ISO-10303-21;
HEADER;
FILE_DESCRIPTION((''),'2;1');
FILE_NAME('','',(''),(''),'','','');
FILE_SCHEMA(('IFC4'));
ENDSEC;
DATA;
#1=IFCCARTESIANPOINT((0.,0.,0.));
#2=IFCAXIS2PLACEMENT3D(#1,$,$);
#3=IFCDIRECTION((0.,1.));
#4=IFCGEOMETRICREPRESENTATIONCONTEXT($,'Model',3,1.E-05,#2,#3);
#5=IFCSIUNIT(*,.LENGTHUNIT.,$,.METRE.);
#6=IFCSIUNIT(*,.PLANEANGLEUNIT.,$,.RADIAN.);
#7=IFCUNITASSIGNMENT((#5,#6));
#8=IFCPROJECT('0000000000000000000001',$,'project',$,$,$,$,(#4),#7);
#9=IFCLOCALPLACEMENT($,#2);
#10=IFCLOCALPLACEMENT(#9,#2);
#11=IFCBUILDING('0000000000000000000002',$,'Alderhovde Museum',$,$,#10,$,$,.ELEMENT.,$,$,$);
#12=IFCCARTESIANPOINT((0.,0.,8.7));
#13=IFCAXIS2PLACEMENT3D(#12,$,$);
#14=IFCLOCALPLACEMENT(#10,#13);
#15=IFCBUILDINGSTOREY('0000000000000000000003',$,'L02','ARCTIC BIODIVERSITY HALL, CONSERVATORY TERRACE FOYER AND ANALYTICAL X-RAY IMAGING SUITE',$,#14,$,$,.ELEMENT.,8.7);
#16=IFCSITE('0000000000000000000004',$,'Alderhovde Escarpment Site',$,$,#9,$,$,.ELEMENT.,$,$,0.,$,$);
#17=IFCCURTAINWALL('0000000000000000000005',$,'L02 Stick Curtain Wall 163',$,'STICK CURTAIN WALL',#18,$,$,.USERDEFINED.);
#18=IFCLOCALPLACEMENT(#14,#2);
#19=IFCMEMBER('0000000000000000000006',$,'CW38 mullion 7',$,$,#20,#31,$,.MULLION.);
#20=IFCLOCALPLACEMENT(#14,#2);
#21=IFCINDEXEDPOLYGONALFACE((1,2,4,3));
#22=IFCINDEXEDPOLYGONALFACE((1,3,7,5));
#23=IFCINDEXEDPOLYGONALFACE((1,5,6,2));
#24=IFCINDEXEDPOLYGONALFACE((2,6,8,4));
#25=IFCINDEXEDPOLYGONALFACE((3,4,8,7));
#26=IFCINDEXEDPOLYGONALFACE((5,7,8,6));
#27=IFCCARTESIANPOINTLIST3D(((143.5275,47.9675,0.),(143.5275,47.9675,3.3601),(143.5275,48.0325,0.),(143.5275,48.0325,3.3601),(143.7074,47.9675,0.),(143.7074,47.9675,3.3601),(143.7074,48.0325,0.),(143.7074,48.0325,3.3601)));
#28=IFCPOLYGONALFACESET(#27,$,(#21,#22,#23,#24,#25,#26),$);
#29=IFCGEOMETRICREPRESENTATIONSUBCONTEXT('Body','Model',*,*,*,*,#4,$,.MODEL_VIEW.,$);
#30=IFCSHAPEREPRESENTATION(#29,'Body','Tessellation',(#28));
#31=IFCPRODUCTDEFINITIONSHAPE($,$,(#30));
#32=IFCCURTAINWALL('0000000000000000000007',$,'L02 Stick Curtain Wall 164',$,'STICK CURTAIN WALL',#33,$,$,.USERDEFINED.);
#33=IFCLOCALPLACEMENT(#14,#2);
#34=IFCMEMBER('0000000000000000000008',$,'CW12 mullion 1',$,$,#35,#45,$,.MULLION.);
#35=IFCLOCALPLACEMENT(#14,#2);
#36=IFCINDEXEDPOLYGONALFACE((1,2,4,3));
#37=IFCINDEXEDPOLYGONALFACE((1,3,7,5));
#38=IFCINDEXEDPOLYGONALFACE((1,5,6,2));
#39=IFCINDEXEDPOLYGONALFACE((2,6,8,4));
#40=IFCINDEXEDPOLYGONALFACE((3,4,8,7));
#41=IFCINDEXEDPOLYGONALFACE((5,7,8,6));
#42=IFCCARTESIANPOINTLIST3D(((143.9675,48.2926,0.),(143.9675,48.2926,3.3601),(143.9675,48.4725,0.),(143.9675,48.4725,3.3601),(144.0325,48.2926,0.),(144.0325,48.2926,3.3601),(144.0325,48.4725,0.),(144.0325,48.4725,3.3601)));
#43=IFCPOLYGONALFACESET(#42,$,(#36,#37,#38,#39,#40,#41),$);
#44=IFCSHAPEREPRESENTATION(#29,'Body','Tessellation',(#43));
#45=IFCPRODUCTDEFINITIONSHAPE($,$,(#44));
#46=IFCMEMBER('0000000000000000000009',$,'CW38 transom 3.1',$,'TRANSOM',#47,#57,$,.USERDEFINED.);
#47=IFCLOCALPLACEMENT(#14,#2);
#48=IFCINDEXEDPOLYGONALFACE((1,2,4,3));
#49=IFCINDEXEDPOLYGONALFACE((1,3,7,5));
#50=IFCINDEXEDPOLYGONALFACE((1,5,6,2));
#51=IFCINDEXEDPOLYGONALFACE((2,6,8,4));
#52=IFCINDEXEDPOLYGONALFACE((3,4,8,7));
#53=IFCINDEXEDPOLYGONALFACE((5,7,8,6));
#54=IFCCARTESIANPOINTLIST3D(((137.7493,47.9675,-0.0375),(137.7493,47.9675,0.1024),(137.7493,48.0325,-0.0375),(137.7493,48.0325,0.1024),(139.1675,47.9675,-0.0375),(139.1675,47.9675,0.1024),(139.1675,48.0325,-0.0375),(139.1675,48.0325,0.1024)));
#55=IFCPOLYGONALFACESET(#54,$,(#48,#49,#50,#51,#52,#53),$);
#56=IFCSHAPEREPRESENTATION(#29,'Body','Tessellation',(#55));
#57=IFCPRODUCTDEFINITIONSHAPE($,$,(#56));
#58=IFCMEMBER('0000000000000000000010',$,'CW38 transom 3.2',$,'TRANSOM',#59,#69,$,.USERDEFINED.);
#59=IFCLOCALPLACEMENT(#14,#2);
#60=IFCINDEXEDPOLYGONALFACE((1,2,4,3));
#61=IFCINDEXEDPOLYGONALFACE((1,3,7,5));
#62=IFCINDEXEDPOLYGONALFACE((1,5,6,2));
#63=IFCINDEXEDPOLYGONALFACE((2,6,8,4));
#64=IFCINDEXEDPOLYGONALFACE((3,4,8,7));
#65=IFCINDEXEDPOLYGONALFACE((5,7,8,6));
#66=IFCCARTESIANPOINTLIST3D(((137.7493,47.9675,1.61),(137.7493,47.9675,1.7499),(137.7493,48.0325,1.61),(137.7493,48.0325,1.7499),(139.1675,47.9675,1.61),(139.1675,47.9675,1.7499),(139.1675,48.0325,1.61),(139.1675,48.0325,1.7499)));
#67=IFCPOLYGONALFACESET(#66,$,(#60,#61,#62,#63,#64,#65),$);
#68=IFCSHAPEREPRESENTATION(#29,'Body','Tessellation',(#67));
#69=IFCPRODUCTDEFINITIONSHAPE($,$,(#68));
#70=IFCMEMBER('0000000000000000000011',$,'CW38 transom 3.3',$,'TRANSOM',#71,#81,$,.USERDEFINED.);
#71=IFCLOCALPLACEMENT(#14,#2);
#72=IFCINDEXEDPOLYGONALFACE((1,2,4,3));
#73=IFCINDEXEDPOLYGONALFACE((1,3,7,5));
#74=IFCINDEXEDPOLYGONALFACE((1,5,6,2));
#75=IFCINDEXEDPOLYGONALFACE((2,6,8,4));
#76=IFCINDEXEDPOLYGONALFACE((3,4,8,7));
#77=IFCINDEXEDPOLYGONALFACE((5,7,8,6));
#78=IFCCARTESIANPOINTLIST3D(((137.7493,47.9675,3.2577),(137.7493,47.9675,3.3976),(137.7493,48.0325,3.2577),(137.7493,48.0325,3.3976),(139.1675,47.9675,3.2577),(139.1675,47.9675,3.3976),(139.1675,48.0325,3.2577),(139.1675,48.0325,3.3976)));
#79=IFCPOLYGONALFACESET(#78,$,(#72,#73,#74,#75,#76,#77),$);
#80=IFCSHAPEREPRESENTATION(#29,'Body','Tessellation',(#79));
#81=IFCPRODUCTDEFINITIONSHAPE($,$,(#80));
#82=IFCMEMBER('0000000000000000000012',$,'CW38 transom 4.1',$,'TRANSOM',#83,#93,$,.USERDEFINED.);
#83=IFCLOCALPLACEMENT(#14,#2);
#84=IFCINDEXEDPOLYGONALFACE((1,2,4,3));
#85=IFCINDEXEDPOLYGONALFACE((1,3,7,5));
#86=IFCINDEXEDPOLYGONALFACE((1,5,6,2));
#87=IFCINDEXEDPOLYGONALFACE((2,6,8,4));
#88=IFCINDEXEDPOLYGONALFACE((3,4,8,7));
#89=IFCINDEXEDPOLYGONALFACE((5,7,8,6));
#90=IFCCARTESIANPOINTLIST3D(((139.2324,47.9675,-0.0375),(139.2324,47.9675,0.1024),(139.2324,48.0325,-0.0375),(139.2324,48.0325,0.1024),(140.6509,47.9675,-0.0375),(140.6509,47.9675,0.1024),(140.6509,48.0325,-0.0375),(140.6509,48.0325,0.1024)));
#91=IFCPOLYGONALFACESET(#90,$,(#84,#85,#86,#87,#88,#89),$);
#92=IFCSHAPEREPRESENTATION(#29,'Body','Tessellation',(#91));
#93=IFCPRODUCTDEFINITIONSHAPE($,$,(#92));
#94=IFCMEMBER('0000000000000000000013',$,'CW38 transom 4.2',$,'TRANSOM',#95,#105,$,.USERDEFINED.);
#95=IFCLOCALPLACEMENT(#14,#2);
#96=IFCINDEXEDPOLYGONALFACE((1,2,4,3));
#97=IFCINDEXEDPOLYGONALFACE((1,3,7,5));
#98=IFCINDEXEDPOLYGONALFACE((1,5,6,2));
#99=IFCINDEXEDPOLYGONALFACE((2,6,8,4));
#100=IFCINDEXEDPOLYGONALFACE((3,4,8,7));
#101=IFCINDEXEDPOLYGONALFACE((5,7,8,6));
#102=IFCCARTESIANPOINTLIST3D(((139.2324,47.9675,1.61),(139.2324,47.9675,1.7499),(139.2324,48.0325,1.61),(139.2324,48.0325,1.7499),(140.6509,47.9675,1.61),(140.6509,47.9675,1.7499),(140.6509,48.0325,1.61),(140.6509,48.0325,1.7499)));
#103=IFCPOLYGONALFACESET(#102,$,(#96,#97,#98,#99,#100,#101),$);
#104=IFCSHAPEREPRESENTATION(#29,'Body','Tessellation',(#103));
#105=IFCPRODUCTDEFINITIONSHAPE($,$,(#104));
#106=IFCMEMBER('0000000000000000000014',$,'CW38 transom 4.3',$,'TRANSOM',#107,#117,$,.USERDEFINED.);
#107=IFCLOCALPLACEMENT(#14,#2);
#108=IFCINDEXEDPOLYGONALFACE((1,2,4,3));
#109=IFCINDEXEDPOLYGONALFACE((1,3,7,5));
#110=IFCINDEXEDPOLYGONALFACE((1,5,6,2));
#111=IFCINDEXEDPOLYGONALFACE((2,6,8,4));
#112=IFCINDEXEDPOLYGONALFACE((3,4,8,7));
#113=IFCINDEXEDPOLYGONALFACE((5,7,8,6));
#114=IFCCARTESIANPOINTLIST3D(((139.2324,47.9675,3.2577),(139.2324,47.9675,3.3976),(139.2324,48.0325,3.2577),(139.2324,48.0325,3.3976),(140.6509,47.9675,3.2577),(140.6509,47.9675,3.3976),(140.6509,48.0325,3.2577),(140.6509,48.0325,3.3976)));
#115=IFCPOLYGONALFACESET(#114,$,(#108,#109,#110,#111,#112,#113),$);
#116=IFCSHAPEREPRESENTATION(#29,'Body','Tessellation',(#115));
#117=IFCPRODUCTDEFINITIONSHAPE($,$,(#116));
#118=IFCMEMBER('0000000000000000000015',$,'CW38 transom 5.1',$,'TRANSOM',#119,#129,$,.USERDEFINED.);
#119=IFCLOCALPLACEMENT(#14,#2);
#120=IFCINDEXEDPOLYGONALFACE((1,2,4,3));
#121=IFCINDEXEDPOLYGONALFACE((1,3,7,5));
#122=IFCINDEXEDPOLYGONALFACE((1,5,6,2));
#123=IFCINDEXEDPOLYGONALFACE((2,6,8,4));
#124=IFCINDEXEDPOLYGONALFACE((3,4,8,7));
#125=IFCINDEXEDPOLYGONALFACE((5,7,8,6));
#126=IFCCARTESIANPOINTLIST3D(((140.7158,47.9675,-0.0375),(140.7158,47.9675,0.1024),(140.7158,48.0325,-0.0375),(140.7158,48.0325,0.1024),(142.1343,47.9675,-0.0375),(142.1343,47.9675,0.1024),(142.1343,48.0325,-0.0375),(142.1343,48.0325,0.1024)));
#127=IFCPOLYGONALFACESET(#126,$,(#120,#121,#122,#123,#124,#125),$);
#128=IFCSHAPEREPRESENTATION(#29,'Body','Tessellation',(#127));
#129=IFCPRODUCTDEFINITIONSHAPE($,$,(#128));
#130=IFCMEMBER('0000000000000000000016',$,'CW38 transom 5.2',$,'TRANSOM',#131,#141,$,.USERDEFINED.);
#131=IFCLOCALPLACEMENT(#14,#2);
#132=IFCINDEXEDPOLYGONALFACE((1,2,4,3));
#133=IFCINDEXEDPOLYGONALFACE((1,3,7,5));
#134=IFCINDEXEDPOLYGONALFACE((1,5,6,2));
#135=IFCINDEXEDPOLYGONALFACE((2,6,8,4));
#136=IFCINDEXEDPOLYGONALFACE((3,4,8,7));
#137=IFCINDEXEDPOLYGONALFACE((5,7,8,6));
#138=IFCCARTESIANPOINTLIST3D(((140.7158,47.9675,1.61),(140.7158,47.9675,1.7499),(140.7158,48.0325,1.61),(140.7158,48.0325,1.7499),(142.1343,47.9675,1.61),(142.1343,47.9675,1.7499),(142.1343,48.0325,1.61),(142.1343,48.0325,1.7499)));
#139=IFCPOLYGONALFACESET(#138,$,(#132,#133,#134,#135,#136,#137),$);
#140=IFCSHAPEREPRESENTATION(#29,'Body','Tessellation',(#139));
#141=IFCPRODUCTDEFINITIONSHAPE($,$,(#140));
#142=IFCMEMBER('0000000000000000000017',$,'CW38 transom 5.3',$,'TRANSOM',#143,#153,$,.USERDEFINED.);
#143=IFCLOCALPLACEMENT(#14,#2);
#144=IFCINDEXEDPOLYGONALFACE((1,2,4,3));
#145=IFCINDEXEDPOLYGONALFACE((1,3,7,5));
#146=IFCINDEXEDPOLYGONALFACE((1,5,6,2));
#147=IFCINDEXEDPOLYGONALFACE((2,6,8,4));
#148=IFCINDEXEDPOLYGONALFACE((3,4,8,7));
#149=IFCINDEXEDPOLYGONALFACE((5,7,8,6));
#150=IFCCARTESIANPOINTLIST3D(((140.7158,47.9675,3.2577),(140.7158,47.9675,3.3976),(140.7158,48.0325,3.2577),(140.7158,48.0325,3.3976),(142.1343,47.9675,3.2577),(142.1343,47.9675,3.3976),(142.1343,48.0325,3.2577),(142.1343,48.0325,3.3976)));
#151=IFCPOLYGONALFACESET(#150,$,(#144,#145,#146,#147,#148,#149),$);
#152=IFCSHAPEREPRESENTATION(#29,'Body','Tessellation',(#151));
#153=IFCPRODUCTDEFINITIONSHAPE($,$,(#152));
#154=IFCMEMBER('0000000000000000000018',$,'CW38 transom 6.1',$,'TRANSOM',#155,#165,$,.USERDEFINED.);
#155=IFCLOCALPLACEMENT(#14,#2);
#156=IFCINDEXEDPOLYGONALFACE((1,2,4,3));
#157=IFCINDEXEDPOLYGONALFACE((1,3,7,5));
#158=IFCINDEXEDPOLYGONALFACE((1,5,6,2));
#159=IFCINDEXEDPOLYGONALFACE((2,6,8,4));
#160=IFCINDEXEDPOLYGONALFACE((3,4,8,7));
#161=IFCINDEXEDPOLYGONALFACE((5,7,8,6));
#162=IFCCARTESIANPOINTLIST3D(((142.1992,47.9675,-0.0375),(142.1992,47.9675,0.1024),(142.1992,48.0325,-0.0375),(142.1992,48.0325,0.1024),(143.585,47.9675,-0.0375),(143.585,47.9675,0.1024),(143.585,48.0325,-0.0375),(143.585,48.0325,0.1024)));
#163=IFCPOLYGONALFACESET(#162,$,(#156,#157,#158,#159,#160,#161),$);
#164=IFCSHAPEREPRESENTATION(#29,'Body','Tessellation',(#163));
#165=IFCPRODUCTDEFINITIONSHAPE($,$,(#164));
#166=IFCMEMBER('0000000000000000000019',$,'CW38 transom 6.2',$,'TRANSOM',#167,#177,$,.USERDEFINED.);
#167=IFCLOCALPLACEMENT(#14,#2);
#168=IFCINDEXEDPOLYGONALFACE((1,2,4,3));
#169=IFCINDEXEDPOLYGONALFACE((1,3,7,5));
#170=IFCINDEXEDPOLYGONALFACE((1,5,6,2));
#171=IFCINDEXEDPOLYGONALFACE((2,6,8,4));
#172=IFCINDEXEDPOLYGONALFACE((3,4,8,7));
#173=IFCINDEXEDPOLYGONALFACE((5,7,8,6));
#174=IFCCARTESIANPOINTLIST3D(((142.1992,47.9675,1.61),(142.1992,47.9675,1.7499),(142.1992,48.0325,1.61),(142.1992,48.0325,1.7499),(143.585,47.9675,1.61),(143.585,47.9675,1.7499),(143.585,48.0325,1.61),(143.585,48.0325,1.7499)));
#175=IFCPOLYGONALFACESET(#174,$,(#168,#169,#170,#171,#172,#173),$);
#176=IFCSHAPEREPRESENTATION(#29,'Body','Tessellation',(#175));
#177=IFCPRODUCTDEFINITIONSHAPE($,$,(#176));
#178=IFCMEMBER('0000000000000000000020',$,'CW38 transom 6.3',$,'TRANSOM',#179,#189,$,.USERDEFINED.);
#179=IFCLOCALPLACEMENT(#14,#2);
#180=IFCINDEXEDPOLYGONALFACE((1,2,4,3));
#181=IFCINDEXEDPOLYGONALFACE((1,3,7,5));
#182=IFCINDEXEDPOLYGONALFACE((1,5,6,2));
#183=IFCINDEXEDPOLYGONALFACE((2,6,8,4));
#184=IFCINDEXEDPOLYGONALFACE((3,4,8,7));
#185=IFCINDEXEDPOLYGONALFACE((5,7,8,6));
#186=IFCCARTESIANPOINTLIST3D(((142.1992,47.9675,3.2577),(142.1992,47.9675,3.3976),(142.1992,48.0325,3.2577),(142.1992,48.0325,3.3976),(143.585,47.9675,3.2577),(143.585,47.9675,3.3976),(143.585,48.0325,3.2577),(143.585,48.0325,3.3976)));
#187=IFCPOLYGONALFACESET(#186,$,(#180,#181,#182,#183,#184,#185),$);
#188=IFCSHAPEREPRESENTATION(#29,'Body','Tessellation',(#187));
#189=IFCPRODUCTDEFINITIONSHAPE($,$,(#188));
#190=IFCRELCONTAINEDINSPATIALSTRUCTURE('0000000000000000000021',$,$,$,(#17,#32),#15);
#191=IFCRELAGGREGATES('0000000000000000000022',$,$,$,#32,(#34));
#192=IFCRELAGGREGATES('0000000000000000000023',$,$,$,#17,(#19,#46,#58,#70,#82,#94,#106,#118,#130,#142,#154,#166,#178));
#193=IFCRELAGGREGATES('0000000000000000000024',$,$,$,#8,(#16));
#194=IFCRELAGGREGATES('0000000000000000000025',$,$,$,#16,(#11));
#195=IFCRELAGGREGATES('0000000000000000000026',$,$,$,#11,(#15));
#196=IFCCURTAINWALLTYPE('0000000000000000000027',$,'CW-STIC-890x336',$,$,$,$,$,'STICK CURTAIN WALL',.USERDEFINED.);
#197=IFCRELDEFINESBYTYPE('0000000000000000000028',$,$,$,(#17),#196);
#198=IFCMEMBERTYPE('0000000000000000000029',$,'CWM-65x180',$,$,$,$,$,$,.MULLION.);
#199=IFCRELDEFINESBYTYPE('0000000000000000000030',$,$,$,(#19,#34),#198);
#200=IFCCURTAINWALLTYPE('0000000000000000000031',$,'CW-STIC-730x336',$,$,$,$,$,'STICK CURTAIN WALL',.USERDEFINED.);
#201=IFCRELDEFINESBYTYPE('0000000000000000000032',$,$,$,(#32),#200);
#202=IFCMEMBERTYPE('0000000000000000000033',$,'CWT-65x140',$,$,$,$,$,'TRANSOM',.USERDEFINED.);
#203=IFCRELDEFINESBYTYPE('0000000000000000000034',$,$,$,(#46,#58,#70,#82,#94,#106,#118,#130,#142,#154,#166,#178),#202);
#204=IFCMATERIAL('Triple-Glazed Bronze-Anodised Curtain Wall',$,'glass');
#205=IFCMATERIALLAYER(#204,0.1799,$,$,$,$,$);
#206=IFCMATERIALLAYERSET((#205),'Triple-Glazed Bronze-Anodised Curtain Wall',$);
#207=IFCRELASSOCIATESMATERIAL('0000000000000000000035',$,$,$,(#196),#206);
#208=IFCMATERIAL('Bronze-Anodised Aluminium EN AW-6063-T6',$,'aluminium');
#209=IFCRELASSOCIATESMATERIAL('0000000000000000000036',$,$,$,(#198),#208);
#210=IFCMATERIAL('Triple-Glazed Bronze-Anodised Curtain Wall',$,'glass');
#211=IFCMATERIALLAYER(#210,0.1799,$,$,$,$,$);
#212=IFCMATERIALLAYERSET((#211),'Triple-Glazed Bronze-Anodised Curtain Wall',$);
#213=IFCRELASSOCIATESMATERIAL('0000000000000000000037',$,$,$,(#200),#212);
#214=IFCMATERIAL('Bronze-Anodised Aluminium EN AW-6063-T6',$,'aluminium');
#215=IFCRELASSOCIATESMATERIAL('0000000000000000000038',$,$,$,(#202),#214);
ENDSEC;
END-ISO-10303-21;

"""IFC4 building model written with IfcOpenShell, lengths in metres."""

from ifc_helpers import new_model, si_unit, direction, frame, origin, origin_2d, place, context, subcontext, project, spatial, rectangle, extrude, material, layer, layer_set, material_profile, profile_set, type_object, element, aggregate, save


model = new_model("IFC4")

# Units and contexts
model_context = context("Model", 3, precision=1e-05, world=origin(), true_north=direction((0.0, 1.0)))
body_context = subcontext(model_context, "Body", "Model", "MODEL_VIEW")
ifc_project = project(units=[si_unit("LENGTHUNIT", "METRE"), si_unit("PLANEANGLEUNIT", "RADIAN")], contexts=[model_context])

# Site, building, storey
site_placement = place(None, origin())
site = spatial("IfcSite", under=ifc_project, at=site_placement, Name="Alderhovde Escarpment Site", CompositionType="ELEMENT", RefElevation=0.0)
building_placement = place(site_placement, origin())
building = spatial("IfcBuilding", under=site, at=building_placement, Name="Alderhovde Museum", CompositionType="ELEMENT")
storey_placement = place(building_placement, frame((0.0, 0.0, 8.7)))
storey = spatial("IfcBuildingStorey", under=building, at=storey_placement, Name="L02", Description="ARCTIC BIODIVERSITY HALL, CONSERVATORY TERRACE FOYER AND ANALYTICAL X-RAY IMAGING SUITE", CompositionType="ELEMENT", Elevation=8.7)

# Curtain wall, member
ifc_material_1 = material(Name="Triple-Glazed Bronze-Anodised Curtain Wall", Category="glass")
ifc_layer_1 = layer(ifc_material_1, 0.1799)
ifc_layer_set_1 = layer_set([ifc_layer_1], Name="Triple-Glazed Bronze-Anodised Curtain Wall")
curtain_wall_type_1 = type_object("IfcCurtainWallType", Name="CW-STIC-890x336", ElementType="STICK CURTAIN WALL", PredefinedType="USERDEFINED", material=ifc_layer_set_1)
curtain_wall_1_placement = place(storey_placement, origin())
curtain_wall_1 = element("IfcCurtainWall", 1, at=curtain_wall_1_placement, inside=storey, type_object=curtain_wall_type_1, Name="L02 Stick Curtain Wall 163", ObjectType="STICK CURTAIN WALL", PredefinedType="USERDEFINED")
ifc_material_2 = material(Name="Bronze-Anodised Aluminium EN AW-6063-T6", Category="aluminium")
ifc_material_profile_1 = material_profile(ifc_material_2, rectangle(XDim=0.0649, YDim=0.1799, at=origin_2d()), Name="MULLION 65x180")
ifc_profile_set_1 = profile_set([ifc_material_profile_1], Name="Bronze-Anodised Aluminium EN AW-6063-T6")
member_type_1 = type_object("IfcMemberType", Name="CWM-65x180", PredefinedType="MULLION", material=ifc_profile_set_1)
member_1_placement = place(storey_placement, frame((143.6174, 48.0, 0.0), z_axis=(0.0, 0.0, 1.0), x_axis=(0.0, 1.0, 0.0)))
member_1 = element("IfcMember", 2, at=member_1_placement, type_object=member_type_1, Name="CW38 mullion 7", PredefinedType="MULLION", context=body_context, shape_type="SweptSolid", body=[
    extrude(rectangle(XDim=0.0649, YDim=0.1799, at=origin_2d()), origin(), (0.0, 0.0, 1.0), 3.3601),
])

# Curtain wall, member
ifc_material_3 = material(Name="Triple-Glazed Bronze-Anodised Curtain Wall", Category="glass")
ifc_layer_2 = layer(ifc_material_3, 0.1799)
ifc_layer_set_2 = layer_set([ifc_layer_2], Name="Triple-Glazed Bronze-Anodised Curtain Wall")
curtain_wall_type_2 = type_object("IfcCurtainWallType", Name="CW-STIC-730x336", ElementType="STICK CURTAIN WALL", PredefinedType="USERDEFINED", material=ifc_layer_set_2)
curtain_wall_2_placement = place(storey_placement, origin())
curtain_wall_2 = element("IfcCurtainWall", 3, at=curtain_wall_2_placement, inside=storey, type_object=curtain_wall_type_2, Name="L02 Stick Curtain Wall 164", ObjectType="STICK CURTAIN WALL", PredefinedType="USERDEFINED")
member_2_placement = place(storey_placement, frame((144.0, 48.3826, 0.0), z_axis=(0.0, 0.0, 1.0), x_axis=(-1.0, 0.0, 0.0)))
member_2 = element("IfcMember", 4, at=member_2_placement, type_object=member_type_1, Name="CW12 mullion 1", PredefinedType="MULLION", context=body_context, shape_type="SweptSolid", body=[
    extrude(rectangle(XDim=0.0649, YDim=0.1799, at=origin_2d()), origin(), (0.0, 0.0, 1.0), 3.3601),
])

# Members
ifc_material_4 = material(Name="Bronze-Anodised Aluminium EN AW-6063-T6", Category="aluminium")
ifc_material_profile_2 = material_profile(ifc_material_4, rectangle(XDim=0.0649, YDim=0.1399, at=origin_2d()), Name="TRANSOM 65x140")
ifc_profile_set_2 = profile_set([ifc_material_profile_2], Name="Bronze-Anodised Aluminium EN AW-6063-T6")
member_type_2 = type_object("IfcMemberType", Name="CWT-65x140", ElementType="TRANSOM", PredefinedType="USERDEFINED", material=ifc_profile_set_2)
member_3_placement = place(storey_placement, frame((137.7493, 48.0, 0.0325), z_axis=(1.0, 0.0, 0.0), x_axis=(0.0, 1.0, 0.0)))
member_3 = element("IfcMember", 5, at=member_3_placement, type_object=member_type_2, Name="CW38 transom 3.1", ObjectType="TRANSOM", PredefinedType="USERDEFINED", context=body_context, shape_type="SweptSolid", body=[
    extrude(rectangle(XDim=0.0649, YDim=0.1399, at=origin_2d()), origin(), (0.0, 0.0, 1.0), 1.4182),
])
member_4_placement = place(storey_placement, frame((137.7493, 48.0, 1.6799), z_axis=(1.0, 0.0, 0.0), x_axis=(0.0, 1.0, 0.0)))
member_4 = element("IfcMember", 6, at=member_4_placement, type_object=member_type_2, Name="CW38 transom 3.2", ObjectType="TRANSOM", PredefinedType="USERDEFINED", context=body_context, shape_type="SweptSolid", body=[
    extrude(rectangle(XDim=0.0649, YDim=0.1399, at=origin_2d()), origin(), (0.0, 0.0, 1.0), 1.4182),
])
member_5_placement = place(storey_placement, frame((137.7493, 48.0, 3.3276), z_axis=(1.0, 0.0, 0.0), x_axis=(0.0, 1.0, 0.0)))
member_5 = element("IfcMember", 7, at=member_5_placement, type_object=member_type_2, Name="CW38 transom 3.3", ObjectType="TRANSOM", PredefinedType="USERDEFINED", context=body_context, shape_type="SweptSolid", body=[
    extrude(rectangle(XDim=0.0649, YDim=0.1399, at=origin_2d()), origin(), (0.0, 0.0, 1.0), 1.4182),
])
member_6_placement = place(storey_placement, frame((139.2324, 48.0, 0.0325), z_axis=(1.0, 0.0, 0.0), x_axis=(0.0, 1.0, 0.0)))
member_6 = element("IfcMember", 8, at=member_6_placement, type_object=member_type_2, Name="CW38 transom 4.1", ObjectType="TRANSOM", PredefinedType="USERDEFINED", context=body_context, shape_type="SweptSolid", body=[
    extrude(rectangle(XDim=0.0649, YDim=0.1399, at=origin_2d()), origin(), (0.0, 0.0, 1.0), 1.4185),
])
member_7_placement = place(storey_placement, frame((139.2324, 48.0, 1.6799), z_axis=(1.0, 0.0, 0.0), x_axis=(0.0, 1.0, 0.0)))
member_7 = element("IfcMember", 9, at=member_7_placement, type_object=member_type_2, Name="CW38 transom 4.2", ObjectType="TRANSOM", PredefinedType="USERDEFINED", context=body_context, shape_type="SweptSolid", body=[
    extrude(rectangle(XDim=0.0649, YDim=0.1399, at=origin_2d()), origin(), (0.0, 0.0, 1.0), 1.4185),
])
member_8_placement = place(storey_placement, frame((139.2324, 48.0, 3.3276), z_axis=(1.0, 0.0, 0.0), x_axis=(0.0, 1.0, 0.0)))
member_8 = element("IfcMember", 10, at=member_8_placement, type_object=member_type_2, Name="CW38 transom 4.3", ObjectType="TRANSOM", PredefinedType="USERDEFINED", context=body_context, shape_type="SweptSolid", body=[
    extrude(rectangle(XDim=0.0649, YDim=0.1399, at=origin_2d()), origin(), (0.0, 0.0, 1.0), 1.4185),
])
member_9_placement = place(storey_placement, frame((140.7158, 48.0, 0.0325), z_axis=(1.0, 0.0, 0.0), x_axis=(0.0, 1.0, 0.0)))
member_9 = element("IfcMember", 11, at=member_9_placement, type_object=member_type_2, Name="CW38 transom 5.1", ObjectType="TRANSOM", PredefinedType="USERDEFINED", context=body_context, shape_type="SweptSolid", body=[
    extrude(rectangle(XDim=0.0649, YDim=0.1399, at=origin_2d()), origin(), (0.0, 0.0, 1.0), 1.4185),
])
member_10_placement = place(storey_placement, frame((140.7158, 48.0, 1.6799), z_axis=(1.0, 0.0, 0.0), x_axis=(0.0, 1.0, 0.0)))
member_10 = element("IfcMember", 12, at=member_10_placement, type_object=member_type_2, Name="CW38 transom 5.2", ObjectType="TRANSOM", PredefinedType="USERDEFINED", context=body_context, shape_type="SweptSolid", body=[
    extrude(rectangle(XDim=0.0649, YDim=0.1399, at=origin_2d()), origin(), (0.0, 0.0, 1.0), 1.4185),
])
member_11_placement = place(storey_placement, frame((140.7158, 48.0, 3.3276), z_axis=(1.0, 0.0, 0.0), x_axis=(0.0, 1.0, 0.0)))
member_11 = element("IfcMember", 13, at=member_11_placement, type_object=member_type_2, Name="CW38 transom 5.3", ObjectType="TRANSOM", PredefinedType="USERDEFINED", context=body_context, shape_type="SweptSolid", body=[
    extrude(rectangle(XDim=0.0649, YDim=0.1399, at=origin_2d()), origin(), (0.0, 0.0, 1.0), 1.4185),
])
member_12_placement = place(storey_placement, frame((142.1992, 48.0, 0.0325), z_axis=(1.0, 0.0, 0.0), x_axis=(0.0, 1.0, 0.0)))
member_12 = element("IfcMember", 14, at=member_12_placement, type_object=member_type_2, Name="CW38 transom 6.1", ObjectType="TRANSOM", PredefinedType="USERDEFINED", context=body_context, shape_type="SweptSolid", body=[
    extrude(rectangle(XDim=0.0649, YDim=0.1399, at=origin_2d()), origin(), (0.0, 0.0, 1.0), 1.3857),
])
member_13_placement = place(storey_placement, frame((142.1992, 48.0, 1.6799), z_axis=(1.0, 0.0, 0.0), x_axis=(0.0, 1.0, 0.0)))
member_13 = element("IfcMember", 15, at=member_13_placement, type_object=member_type_2, Name="CW38 transom 6.2", ObjectType="TRANSOM", PredefinedType="USERDEFINED", context=body_context, shape_type="SweptSolid", body=[
    extrude(rectangle(XDim=0.0649, YDim=0.1399, at=origin_2d()), origin(), (0.0, 0.0, 1.0), 1.3857),
])
member_14_placement = place(storey_placement, frame((142.1992, 48.0, 3.3276), z_axis=(1.0, 0.0, 0.0), x_axis=(0.0, 1.0, 0.0)))
member_14 = element("IfcMember", 16, at=member_14_placement, type_object=member_type_2, Name="CW38 transom 6.3", ObjectType="TRANSOM", PredefinedType="USERDEFINED", context=body_context, shape_type="SweptSolid", body=[
    extrude(rectangle(XDim=0.0649, YDim=0.1399, at=origin_2d()), origin(), (0.0, 0.0, 1.0), 1.3857),
])
aggregate(curtain_wall_2, [member_2])

aggregate(curtain_wall_1, [member_1, member_3, member_4, member_5, member_6, member_7, member_8, member_9, member_10, member_11, member_12, member_13, member_14])

save(model, "model.ifc")
